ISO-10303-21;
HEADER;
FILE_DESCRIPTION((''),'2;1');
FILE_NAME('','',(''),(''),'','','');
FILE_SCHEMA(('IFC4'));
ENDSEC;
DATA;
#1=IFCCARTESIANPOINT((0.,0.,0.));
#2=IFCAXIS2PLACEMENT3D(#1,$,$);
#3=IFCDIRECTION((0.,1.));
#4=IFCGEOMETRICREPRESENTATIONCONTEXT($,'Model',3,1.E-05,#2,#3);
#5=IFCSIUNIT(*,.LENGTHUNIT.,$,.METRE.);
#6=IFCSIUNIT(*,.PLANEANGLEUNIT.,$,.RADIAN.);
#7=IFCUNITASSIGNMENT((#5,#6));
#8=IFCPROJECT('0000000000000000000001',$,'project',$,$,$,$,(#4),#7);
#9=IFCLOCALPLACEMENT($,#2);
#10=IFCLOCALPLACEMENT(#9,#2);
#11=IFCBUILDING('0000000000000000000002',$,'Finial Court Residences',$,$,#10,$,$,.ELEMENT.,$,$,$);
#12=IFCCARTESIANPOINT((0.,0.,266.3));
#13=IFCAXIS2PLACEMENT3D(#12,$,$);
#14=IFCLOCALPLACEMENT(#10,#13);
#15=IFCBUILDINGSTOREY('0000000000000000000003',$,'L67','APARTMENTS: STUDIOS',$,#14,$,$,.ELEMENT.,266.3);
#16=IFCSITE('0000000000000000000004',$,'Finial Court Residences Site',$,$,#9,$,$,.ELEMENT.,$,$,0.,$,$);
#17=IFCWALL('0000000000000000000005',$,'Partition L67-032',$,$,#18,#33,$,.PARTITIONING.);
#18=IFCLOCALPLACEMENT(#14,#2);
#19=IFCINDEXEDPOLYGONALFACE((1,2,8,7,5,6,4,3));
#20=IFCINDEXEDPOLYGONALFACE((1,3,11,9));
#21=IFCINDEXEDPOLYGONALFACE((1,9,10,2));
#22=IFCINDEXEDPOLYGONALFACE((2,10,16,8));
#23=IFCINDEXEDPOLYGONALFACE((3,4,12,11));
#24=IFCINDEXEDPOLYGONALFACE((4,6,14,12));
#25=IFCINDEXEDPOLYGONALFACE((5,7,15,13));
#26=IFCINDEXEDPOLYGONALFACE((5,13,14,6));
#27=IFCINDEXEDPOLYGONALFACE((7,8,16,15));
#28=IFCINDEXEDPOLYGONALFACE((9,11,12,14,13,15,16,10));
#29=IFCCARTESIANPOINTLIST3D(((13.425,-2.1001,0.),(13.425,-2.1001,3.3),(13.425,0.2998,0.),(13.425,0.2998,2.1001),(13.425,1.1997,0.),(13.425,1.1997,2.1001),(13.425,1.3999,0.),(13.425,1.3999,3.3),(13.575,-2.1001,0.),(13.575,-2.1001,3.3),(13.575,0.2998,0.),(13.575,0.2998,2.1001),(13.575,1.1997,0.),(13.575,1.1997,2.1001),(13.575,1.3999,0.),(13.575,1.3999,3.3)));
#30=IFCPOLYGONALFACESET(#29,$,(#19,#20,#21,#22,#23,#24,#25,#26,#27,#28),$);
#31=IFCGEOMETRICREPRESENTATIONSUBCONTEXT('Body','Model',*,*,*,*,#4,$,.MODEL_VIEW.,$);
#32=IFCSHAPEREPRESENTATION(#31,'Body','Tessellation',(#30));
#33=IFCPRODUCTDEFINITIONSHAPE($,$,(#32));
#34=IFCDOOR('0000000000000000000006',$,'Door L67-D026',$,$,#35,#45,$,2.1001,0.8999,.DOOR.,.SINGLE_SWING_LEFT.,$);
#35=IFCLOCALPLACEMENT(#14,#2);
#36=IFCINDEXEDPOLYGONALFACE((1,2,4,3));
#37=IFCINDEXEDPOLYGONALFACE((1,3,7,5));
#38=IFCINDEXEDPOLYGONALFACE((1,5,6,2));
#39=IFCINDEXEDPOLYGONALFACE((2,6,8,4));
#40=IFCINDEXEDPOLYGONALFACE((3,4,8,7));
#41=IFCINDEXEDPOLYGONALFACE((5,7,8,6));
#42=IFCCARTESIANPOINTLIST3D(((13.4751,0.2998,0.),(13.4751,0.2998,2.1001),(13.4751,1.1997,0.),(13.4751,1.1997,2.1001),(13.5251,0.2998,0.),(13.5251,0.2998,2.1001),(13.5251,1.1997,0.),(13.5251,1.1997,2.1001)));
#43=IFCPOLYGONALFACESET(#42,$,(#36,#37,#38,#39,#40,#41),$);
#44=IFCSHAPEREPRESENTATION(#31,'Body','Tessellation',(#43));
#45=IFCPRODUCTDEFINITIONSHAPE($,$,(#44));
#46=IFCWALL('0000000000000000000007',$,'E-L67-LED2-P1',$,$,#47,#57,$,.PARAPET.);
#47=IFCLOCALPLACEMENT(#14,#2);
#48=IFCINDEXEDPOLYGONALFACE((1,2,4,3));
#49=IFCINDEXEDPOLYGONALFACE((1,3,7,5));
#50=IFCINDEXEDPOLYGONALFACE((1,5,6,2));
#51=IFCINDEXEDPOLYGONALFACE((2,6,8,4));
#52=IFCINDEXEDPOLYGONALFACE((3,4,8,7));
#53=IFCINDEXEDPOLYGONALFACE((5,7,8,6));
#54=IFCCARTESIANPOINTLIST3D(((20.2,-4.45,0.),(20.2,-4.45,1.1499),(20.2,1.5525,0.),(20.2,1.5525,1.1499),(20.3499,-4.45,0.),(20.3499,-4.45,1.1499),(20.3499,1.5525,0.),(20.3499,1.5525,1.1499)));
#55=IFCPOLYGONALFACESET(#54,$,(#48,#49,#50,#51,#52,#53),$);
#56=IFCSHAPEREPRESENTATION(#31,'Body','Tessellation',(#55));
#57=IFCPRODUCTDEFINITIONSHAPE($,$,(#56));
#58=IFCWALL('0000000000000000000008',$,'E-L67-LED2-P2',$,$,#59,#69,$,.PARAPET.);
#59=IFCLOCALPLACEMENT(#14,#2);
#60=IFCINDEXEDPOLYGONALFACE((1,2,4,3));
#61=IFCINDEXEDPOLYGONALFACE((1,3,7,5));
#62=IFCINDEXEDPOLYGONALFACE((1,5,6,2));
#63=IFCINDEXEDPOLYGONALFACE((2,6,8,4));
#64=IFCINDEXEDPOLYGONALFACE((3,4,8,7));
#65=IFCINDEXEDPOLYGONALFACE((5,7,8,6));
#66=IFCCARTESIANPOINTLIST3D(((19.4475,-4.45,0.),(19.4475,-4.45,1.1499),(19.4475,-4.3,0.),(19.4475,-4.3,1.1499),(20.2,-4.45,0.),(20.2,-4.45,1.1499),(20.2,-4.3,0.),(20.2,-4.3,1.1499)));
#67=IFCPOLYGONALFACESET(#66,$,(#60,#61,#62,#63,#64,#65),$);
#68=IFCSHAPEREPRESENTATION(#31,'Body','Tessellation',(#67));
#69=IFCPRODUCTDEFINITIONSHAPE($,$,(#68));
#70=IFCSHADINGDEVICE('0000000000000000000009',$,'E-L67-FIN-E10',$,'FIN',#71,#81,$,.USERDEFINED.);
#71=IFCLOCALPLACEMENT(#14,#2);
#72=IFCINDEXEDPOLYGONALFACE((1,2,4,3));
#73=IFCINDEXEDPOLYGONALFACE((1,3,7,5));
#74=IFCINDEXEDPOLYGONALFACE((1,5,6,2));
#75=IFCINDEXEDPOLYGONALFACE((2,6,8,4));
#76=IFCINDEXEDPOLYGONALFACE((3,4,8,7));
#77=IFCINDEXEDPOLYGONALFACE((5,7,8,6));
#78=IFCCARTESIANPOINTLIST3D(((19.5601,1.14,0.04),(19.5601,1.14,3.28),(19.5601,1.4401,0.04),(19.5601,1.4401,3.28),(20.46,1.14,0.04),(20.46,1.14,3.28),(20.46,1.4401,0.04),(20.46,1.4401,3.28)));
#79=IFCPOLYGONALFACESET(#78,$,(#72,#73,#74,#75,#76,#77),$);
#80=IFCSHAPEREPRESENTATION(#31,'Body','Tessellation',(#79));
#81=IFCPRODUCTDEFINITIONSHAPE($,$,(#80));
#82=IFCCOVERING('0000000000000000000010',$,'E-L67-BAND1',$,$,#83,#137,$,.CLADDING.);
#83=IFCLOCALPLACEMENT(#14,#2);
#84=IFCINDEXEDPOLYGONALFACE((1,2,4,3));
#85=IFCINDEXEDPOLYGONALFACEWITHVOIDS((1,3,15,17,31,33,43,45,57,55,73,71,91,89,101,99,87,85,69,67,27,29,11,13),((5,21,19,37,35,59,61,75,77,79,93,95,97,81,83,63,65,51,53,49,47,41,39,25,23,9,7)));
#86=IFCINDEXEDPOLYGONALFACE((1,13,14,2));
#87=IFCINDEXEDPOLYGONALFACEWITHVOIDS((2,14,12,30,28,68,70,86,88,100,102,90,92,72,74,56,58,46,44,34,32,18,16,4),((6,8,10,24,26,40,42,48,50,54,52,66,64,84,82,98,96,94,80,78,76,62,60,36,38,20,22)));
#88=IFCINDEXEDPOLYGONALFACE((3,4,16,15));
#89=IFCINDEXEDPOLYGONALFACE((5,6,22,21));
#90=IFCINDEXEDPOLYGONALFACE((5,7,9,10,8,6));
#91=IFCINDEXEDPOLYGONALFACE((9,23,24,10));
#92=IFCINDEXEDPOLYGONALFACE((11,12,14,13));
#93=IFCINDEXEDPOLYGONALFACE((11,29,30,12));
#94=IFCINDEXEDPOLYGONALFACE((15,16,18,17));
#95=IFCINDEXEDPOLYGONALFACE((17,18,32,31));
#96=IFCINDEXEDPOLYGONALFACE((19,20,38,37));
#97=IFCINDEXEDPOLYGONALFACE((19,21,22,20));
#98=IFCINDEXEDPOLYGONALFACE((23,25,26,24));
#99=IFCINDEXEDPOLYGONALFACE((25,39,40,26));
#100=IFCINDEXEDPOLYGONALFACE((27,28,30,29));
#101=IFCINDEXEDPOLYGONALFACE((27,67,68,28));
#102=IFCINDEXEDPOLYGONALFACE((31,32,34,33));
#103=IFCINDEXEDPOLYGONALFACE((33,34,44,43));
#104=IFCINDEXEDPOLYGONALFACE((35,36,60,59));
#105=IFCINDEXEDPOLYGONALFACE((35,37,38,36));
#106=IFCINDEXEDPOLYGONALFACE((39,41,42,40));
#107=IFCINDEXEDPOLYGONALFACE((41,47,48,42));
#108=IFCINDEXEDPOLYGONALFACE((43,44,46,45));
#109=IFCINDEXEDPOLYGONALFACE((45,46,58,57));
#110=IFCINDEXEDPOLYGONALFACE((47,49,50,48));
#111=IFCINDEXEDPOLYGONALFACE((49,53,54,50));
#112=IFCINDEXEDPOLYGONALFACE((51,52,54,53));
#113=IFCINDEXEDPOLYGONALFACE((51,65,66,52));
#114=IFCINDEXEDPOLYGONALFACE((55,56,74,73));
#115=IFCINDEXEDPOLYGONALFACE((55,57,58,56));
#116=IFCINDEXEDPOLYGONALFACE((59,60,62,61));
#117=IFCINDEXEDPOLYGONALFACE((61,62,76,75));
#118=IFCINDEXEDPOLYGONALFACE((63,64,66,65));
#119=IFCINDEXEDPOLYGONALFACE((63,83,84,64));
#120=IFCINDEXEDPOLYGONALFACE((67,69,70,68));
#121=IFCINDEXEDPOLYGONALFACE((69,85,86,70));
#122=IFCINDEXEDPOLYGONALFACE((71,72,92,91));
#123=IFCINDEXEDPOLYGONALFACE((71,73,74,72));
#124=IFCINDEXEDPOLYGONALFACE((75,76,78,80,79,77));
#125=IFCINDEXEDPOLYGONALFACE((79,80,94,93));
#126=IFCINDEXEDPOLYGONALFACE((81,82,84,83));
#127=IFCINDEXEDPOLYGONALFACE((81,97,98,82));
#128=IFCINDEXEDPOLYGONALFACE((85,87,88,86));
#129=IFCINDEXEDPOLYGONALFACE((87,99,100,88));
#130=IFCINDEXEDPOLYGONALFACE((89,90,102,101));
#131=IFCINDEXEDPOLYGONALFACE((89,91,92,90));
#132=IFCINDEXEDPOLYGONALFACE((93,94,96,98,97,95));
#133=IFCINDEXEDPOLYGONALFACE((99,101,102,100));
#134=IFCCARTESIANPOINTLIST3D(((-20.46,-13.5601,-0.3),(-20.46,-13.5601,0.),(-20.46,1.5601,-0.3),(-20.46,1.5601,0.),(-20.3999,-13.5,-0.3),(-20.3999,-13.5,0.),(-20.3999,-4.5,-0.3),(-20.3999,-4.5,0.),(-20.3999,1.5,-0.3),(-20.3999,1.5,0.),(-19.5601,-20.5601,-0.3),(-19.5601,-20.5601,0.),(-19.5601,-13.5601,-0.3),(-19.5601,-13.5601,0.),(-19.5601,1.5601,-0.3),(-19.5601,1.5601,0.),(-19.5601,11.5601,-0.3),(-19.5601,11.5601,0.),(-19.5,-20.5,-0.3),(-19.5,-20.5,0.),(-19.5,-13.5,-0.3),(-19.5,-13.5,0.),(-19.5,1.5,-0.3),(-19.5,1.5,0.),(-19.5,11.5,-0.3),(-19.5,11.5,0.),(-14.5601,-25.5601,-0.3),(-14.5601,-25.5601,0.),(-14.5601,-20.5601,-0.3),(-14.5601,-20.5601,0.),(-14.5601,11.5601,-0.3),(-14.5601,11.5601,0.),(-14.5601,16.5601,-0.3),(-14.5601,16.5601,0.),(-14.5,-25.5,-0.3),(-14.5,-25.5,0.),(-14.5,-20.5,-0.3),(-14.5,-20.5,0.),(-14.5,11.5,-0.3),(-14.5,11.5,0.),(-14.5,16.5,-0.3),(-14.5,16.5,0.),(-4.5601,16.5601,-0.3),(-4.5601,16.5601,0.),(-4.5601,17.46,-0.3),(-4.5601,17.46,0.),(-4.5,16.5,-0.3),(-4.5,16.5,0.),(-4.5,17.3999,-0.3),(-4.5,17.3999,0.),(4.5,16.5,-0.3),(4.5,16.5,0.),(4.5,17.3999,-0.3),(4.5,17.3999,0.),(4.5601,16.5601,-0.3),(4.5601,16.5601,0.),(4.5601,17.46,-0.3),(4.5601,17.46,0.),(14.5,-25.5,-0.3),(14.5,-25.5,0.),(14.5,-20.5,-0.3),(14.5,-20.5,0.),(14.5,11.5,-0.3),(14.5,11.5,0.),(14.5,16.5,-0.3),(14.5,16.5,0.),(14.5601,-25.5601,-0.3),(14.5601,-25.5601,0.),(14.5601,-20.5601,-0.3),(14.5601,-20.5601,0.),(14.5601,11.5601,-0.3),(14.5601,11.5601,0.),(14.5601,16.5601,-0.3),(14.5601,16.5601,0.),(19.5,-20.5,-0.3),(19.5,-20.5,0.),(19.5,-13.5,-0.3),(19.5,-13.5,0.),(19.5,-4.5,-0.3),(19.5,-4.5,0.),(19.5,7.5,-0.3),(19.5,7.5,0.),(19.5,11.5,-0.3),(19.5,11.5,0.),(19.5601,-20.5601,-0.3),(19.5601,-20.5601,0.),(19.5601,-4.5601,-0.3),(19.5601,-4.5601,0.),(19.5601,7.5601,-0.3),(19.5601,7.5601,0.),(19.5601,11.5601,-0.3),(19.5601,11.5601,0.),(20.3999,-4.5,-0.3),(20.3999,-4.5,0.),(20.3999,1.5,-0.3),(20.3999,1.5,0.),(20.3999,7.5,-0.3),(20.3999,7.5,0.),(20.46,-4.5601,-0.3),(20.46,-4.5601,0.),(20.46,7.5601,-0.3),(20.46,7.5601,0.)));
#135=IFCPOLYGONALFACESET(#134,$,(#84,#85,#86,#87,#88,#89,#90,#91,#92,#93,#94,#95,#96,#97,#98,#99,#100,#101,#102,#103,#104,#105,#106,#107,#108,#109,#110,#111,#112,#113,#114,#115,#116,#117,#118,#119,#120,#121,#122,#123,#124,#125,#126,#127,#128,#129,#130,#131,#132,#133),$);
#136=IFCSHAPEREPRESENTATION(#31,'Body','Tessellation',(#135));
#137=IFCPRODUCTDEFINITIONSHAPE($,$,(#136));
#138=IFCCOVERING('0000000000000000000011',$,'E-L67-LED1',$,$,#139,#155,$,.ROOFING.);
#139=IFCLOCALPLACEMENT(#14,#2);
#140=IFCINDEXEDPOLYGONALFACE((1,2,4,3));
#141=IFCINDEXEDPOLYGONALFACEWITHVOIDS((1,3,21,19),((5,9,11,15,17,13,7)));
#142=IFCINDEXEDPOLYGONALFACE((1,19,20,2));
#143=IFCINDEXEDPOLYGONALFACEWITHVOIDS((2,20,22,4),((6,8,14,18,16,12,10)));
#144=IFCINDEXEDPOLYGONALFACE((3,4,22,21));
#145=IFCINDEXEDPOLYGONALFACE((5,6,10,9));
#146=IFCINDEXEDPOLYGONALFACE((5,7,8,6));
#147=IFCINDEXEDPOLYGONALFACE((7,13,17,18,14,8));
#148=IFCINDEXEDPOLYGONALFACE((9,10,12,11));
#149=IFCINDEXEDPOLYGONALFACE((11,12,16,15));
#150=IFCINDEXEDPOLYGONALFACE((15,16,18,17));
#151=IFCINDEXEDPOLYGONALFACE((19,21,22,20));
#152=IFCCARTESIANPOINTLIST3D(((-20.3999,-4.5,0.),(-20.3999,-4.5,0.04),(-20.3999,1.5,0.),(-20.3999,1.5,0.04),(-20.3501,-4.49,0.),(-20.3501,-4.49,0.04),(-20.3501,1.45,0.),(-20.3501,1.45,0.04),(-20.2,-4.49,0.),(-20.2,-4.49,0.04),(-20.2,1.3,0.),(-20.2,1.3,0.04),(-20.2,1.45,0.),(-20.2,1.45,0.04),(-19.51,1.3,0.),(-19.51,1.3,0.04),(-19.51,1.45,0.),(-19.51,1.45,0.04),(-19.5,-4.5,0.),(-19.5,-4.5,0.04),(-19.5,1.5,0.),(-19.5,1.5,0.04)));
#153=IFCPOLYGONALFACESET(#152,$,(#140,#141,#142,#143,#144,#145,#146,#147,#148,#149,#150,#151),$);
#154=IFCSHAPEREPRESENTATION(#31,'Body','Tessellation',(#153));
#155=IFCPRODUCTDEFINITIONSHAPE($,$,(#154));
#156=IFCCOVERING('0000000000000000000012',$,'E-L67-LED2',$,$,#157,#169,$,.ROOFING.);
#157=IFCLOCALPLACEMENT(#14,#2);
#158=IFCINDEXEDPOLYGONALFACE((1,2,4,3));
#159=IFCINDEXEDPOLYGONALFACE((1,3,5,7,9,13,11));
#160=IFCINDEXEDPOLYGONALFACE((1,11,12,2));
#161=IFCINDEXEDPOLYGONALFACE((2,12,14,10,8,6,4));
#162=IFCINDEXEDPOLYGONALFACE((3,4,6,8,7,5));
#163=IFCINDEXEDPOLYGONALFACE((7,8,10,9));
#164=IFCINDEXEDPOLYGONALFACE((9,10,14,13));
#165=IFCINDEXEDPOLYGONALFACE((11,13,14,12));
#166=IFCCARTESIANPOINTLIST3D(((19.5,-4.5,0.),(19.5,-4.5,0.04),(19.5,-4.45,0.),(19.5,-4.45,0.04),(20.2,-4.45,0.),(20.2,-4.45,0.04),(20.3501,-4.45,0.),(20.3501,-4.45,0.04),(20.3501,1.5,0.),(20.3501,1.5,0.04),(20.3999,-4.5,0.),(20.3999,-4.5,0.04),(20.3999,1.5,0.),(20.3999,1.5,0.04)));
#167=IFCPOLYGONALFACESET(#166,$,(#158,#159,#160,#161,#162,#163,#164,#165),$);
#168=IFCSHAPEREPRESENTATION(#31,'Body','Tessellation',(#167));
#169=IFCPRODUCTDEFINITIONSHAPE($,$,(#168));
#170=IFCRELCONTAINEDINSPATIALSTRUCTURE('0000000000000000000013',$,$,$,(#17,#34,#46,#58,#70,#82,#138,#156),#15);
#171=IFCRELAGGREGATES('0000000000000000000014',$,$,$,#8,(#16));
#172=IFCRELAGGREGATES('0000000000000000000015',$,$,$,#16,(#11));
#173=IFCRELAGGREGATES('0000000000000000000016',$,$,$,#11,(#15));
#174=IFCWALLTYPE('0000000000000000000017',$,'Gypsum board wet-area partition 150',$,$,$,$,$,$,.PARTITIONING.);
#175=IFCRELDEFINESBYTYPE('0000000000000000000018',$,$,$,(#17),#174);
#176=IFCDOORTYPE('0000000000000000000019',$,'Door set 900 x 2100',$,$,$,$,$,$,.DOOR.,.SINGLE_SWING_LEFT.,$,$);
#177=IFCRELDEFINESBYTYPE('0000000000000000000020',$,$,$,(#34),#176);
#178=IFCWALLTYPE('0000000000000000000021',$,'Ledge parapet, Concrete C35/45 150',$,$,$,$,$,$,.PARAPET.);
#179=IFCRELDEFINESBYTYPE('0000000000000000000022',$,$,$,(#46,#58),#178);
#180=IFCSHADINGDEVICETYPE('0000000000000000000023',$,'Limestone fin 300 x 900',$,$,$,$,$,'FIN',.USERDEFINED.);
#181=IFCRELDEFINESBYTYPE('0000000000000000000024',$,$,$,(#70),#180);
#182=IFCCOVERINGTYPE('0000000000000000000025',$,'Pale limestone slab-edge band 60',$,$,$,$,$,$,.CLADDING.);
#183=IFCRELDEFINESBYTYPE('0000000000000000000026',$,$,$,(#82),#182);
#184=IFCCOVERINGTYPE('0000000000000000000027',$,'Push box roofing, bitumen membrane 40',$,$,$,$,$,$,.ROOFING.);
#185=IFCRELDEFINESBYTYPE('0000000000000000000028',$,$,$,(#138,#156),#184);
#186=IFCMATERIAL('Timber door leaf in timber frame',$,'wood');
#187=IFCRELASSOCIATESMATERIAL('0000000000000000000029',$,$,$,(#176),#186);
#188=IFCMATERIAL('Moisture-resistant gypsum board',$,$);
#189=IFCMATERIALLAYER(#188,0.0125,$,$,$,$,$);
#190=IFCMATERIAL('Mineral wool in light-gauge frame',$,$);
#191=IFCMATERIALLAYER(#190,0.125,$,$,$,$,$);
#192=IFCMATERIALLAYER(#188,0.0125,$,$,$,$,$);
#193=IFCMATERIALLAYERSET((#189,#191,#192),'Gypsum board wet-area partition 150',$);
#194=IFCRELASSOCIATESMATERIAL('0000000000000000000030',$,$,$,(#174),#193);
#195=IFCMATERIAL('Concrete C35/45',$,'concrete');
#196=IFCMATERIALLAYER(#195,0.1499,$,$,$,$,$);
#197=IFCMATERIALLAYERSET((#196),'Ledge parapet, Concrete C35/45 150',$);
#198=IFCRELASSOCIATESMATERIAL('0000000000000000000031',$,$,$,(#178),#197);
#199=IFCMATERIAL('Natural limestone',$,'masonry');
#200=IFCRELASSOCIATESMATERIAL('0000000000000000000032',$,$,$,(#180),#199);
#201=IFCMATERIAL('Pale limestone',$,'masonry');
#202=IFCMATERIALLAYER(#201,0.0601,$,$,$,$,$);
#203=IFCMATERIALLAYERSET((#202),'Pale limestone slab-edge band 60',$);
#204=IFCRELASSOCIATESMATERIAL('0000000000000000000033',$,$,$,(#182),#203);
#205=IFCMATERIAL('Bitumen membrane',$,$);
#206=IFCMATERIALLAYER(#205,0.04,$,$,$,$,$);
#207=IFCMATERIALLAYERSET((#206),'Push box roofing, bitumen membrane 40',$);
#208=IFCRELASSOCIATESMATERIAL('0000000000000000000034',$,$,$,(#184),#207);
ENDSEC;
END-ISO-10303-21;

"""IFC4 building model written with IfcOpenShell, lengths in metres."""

from ifc_helpers import new_model, si_unit, direction, frame, frame_2d, origin, origin_2d, place, context, subcontext, project, spatial, polyline, rectangle, outline, extrude, material, layer, layer_set, type_object, element, fill, save


model = new_model("IFC4")

# Units and contexts
model_context = context("Model", 3, precision=1e-05, world=origin(), true_north=direction((0.0, 1.0)))
body_context = subcontext(model_context, "Body", "Model", "MODEL_VIEW")
ifc_project = project(units=[si_unit("LENGTHUNIT", "METRE"), si_unit("PLANEANGLEUNIT", "RADIAN")], contexts=[model_context])

# Site, building, storey
site_placement = place(None, origin())
site = spatial("IfcSite", under=ifc_project, at=site_placement, Name="Finial Court Residences Site", CompositionType="ELEMENT", RefElevation=0.0)
building_placement = place(site_placement, origin())
building = spatial("IfcBuilding", under=site, at=building_placement, Name="Finial Court Residences", CompositionType="ELEMENT")
storey_placement = place(building_placement, frame((0.0, 0.0, 266.3)))
storey = spatial("IfcBuildingStorey", under=building, at=storey_placement, Name="L67", Description="APARTMENTS: STUDIOS", CompositionType="ELEMENT", Elevation=266.3)

# Shared definitions
ifc_material_1 = material(Name="Concrete C35/45", Category="concrete")

# Shared definitions
ifc_material_2 = material(Name="Mineral wool in light-gauge frame")

# Shared definitions
ifc_material_3 = material(Name="Timber door leaf in timber frame", Category="wood")
door_type = type_object("IfcDoorType", Name="Door set 900 x 2100", OperationType="SINGLE_SWING_LEFT", PredefinedType="DOOR", material=ifc_material_3)

# Shared definitions
ifc_material_4 = material(Name="Moisture-resistant gypsum board")
ifc_layer_1 = layer(ifc_material_4, 0.0125)
ifc_layer_2 = layer(ifc_material_2, 0.125)
ifc_layer_3 = layer(ifc_material_4, 0.0125)
ifc_layer_set_1 = layer_set([ifc_layer_1, ifc_layer_2, ifc_layer_3], Name="Gypsum board wet-area partition 150")
wall_type_1 = type_object("IfcWallType", Name="Gypsum board wet-area partition 150", PredefinedType="PARTITIONING", material=ifc_layer_set_1)

# Wall, opening, door
wall_1_placement = place(storey_placement, frame((13.5, -2.1001, 0.0), z_axis=(0.0, 0.0, 1.0), x_axis=(0.0, 1.0, 0.0)))
wall_1 = element("IfcWall", 1, at=wall_1_placement, inside=storey, type_object=wall_type_1, Name="Partition L67-032", PredefinedType="PARTITIONING", context=body_context, shape_type="SweptSolid", body=[
    extrude(rectangle(XDim=3.5, YDim=0.1499, at=frame_2d((1.75, 0.0))), origin(), (0.0, 0.0, 1.0), 3.3),
])
opening_1_placement = place(wall_1_placement, frame((2.3999, 0.0, 0.0)))
opening_1 = element("IfcOpeningElement", 2, at=opening_1_placement, cuts=wall_1, PredefinedType="OPENING", context=body_context, shape_type="SweptSolid", body=[
    extrude(rectangle(XDim=0.8999, YDim=2.1001, at=frame_2d((0.45, 1.05))), frame((0.0, 0.085, 0.0), z_axis=(0.0, -1.0, 0.0), x_axis=(1.0, 0.0, 0.0)), (0.0, 0.0, 1.0), 0.1699),
])
door_1_placement = place(opening_1_placement, origin())
door_1 = element("IfcDoor", 3, at=door_1_placement, inside=storey, type_object=door_type, Name="Door L67-D026", OperationType="SINGLE_SWING_LEFT", OverallHeight=2.1001, OverallWidth=0.8999, PredefinedType="DOOR", context=body_context, shape_type="SweptSolid", body=[
    extrude(rectangle(XDim=0.8999, YDim=2.1001, at=frame_2d((0.45, 1.05))), frame((0.0, 0.0249, 0.0), z_axis=(0.0, -1.0, 0.0), x_axis=(1.0, 0.0, 0.0)), (0.0, 0.0, 1.0), 0.05),
])
fill(opening_1, door_1)

# Walls
ifc_layer_4 = layer(ifc_material_1, 0.1499)
ifc_layer_set_2 = layer_set([ifc_layer_4], Name="Ledge parapet, Concrete C35/45 150")
wall_type_2 = type_object("IfcWallType", Name="Ledge parapet, Concrete C35/45 150", PredefinedType="PARAPET", material=ifc_layer_set_2)
wall_2_placement = place(storey_placement, frame((20.2749, 1.5525, 0.0), z_axis=(0.0, 0.0, 1.0), x_axis=(0.0, -1.0, 0.0)))
element("IfcWall", 4, at=wall_2_placement, inside=storey, type_object=wall_type_2, Name="E-L67-LED2-P1", PredefinedType="PARAPET", context=body_context, shape_type="SweptSolid", body=[
    extrude(rectangle(XDim=6.0024, YDim=0.1499, at=frame_2d((3.0012, 0.0))), origin(), (0.0, 0.0, 1.0), 1.1499),
])
wall_3_placement = place(storey_placement, frame((20.2, -4.375, 0.0), z_axis=(0.0, 0.0, 1.0), x_axis=(-1.0, 0.0, 0.0)))
element("IfcWall", 5, at=wall_3_placement, inside=storey, type_object=wall_type_2, Name="E-L67-LED2-P2", PredefinedType="PARAPET", context=body_context, shape_type="SweptSolid", body=[
    extrude(rectangle(XDim=0.7524, YDim=0.1499, at=frame_2d((0.3762, 0.0))), origin(), (0.0, 0.0, 1.0), 1.1499),
])

# Shading device
ifc_material_5 = material(Name="Natural limestone", Category="masonry")
shading_device_type = type_object("IfcShadingDeviceType", Name="Limestone fin 300 x 900", ElementType="FIN", PredefinedType="USERDEFINED", material=ifc_material_5)
shading_device_placement = place(storey_placement, frame((20.01, 1.29, 0.04), z_axis=(0.0, 0.0, 1.0), x_axis=(1.0, 0.0, 0.0)))
element("IfcShadingDevice", 6, at=shading_device_placement, inside=storey, type_object=shading_device_type, Name="E-L67-FIN-E10", ObjectType="FIN", PredefinedType="USERDEFINED", context=body_context, shape_type="SweptSolid", body=[
    extrude(rectangle(XDim=0.8999, YDim=0.3, at=origin_2d()), origin(), (0.0, 0.0, 1.0), 3.24),
])

# Coverings
ifc_material_6 = material(Name="Pale limestone", Category="masonry")
ifc_layer_5 = layer(ifc_material_6, 0.0601)
ifc_layer_set_3 = layer_set([ifc_layer_5], Name="Pale limestone slab-edge band 60")
covering_type_1 = type_object("IfcCoveringType", Name="Pale limestone slab-edge band 60", PredefinedType="CLADDING", material=ifc_layer_set_3)
covering_1_placement = place(storey_placement, frame((0.0, 0.0, -0.3)))
element("IfcCovering", 7, at=covering_1_placement, inside=storey, type_object=covering_type_1, Name="E-L67-BAND1", PredefinedType="CLADDING", context=body_context, shape_type="SweptSolid", body=[
    extrude(outline(polyline([(14.5601, -20.5601), (14.5601, -25.5601), (-14.5601, -25.5601), (-14.5601, -20.5601), (-19.5601, -20.5601), (-19.5601, -13.5601), (-20.46, -13.5601), (-20.46, 1.5601), (-19.5601, 1.5601), (-19.5601, 11.5601), (-14.5601, 11.5601), (-14.5601, 16.5601), (-4.5601, 16.5601), (-4.5601, 17.46), (4.5601, 17.46), (4.5601, 16.5601), (14.5601, 16.5601), (14.5601, 11.5601), (19.5601, 11.5601), (19.5601, 7.5601), (20.46, 7.5601), (20.46, -4.5601), (19.5601, -4.5601), (19.5601, -20.5601), (14.5601, -20.5601)]), holes=[polyline([(19.5, -13.5), (19.5, -4.5), (20.3999, -4.5), (20.3999, 1.5), (20.3999, 7.5), (19.5, 7.5), (19.5, 11.5), (14.5, 11.5), (14.5, 16.5), (4.5, 16.5), (4.5, 17.3999), (-4.5, 17.3999), (-4.5, 16.5), (-14.5, 16.5), (-14.5, 11.5), (-19.5, 11.5), (-19.5, 1.5), (-20.3999, 1.5), (-20.3999, -4.5), (-20.3999, -13.5), (-19.5, -13.5), (-19.5, -20.5), (-14.5, -20.5), (-14.5, -25.5), (14.5, -25.5), (14.5, -20.5), (19.5, -20.5), (19.5, -13.5)])]), origin(), (0.0, 0.0, 1.0), 0.3),
])
ifc_material_7 = material(Name="Bitumen membrane")
ifc_layer_6 = layer(ifc_material_7, 0.04)
ifc_layer_set_4 = layer_set([ifc_layer_6], Name="Push box roofing, bitumen membrane 40")
covering_type_2 = type_object("IfcCoveringType", Name="Push box roofing, bitumen membrane 40", PredefinedType="ROOFING", material=ifc_layer_set_4)
covering_2_placement = place(storey_placement, origin())
element("IfcCovering", 8, at=covering_2_placement, inside=storey, type_object=covering_type_2, Name="E-L67-LED1", PredefinedType="ROOFING", context=body_context, shape_type="SweptSolid", body=[
    extrude(outline(polyline([(-19.5, -4.5), (-20.3999, -4.5), (-20.3999, 1.5), (-19.5, 1.5), (-19.5, -4.5)]), holes=[polyline([(-20.3501, 1.45), (-20.3501, -4.49), (-20.2, -4.49), (-20.2, 1.3), (-19.51, 1.3), (-19.51, 1.45), (-20.2, 1.45), (-20.3501, 1.45)])]), origin(), (0.0, 0.0, 1.0), 0.04),
])
covering_3_placement = place(storey_placement, origin())
element("IfcCovering", 9, at=covering_3_placement, inside=storey, type_object=covering_type_2, Name="E-L67-LED2", PredefinedType="ROOFING", context=body_context, shape_type="SweptSolid", body=[
    extrude(outline(polyline([(19.5, -4.45), (20.2, -4.45), (20.3501, -4.45), (20.3501, 1.5), (20.3999, 1.5), (20.3999, -4.5), (19.5, -4.5), (19.5, -4.45)])), origin(), (0.0, 0.0, 1.0), 0.04),
])

save(model, "model.ifc")
